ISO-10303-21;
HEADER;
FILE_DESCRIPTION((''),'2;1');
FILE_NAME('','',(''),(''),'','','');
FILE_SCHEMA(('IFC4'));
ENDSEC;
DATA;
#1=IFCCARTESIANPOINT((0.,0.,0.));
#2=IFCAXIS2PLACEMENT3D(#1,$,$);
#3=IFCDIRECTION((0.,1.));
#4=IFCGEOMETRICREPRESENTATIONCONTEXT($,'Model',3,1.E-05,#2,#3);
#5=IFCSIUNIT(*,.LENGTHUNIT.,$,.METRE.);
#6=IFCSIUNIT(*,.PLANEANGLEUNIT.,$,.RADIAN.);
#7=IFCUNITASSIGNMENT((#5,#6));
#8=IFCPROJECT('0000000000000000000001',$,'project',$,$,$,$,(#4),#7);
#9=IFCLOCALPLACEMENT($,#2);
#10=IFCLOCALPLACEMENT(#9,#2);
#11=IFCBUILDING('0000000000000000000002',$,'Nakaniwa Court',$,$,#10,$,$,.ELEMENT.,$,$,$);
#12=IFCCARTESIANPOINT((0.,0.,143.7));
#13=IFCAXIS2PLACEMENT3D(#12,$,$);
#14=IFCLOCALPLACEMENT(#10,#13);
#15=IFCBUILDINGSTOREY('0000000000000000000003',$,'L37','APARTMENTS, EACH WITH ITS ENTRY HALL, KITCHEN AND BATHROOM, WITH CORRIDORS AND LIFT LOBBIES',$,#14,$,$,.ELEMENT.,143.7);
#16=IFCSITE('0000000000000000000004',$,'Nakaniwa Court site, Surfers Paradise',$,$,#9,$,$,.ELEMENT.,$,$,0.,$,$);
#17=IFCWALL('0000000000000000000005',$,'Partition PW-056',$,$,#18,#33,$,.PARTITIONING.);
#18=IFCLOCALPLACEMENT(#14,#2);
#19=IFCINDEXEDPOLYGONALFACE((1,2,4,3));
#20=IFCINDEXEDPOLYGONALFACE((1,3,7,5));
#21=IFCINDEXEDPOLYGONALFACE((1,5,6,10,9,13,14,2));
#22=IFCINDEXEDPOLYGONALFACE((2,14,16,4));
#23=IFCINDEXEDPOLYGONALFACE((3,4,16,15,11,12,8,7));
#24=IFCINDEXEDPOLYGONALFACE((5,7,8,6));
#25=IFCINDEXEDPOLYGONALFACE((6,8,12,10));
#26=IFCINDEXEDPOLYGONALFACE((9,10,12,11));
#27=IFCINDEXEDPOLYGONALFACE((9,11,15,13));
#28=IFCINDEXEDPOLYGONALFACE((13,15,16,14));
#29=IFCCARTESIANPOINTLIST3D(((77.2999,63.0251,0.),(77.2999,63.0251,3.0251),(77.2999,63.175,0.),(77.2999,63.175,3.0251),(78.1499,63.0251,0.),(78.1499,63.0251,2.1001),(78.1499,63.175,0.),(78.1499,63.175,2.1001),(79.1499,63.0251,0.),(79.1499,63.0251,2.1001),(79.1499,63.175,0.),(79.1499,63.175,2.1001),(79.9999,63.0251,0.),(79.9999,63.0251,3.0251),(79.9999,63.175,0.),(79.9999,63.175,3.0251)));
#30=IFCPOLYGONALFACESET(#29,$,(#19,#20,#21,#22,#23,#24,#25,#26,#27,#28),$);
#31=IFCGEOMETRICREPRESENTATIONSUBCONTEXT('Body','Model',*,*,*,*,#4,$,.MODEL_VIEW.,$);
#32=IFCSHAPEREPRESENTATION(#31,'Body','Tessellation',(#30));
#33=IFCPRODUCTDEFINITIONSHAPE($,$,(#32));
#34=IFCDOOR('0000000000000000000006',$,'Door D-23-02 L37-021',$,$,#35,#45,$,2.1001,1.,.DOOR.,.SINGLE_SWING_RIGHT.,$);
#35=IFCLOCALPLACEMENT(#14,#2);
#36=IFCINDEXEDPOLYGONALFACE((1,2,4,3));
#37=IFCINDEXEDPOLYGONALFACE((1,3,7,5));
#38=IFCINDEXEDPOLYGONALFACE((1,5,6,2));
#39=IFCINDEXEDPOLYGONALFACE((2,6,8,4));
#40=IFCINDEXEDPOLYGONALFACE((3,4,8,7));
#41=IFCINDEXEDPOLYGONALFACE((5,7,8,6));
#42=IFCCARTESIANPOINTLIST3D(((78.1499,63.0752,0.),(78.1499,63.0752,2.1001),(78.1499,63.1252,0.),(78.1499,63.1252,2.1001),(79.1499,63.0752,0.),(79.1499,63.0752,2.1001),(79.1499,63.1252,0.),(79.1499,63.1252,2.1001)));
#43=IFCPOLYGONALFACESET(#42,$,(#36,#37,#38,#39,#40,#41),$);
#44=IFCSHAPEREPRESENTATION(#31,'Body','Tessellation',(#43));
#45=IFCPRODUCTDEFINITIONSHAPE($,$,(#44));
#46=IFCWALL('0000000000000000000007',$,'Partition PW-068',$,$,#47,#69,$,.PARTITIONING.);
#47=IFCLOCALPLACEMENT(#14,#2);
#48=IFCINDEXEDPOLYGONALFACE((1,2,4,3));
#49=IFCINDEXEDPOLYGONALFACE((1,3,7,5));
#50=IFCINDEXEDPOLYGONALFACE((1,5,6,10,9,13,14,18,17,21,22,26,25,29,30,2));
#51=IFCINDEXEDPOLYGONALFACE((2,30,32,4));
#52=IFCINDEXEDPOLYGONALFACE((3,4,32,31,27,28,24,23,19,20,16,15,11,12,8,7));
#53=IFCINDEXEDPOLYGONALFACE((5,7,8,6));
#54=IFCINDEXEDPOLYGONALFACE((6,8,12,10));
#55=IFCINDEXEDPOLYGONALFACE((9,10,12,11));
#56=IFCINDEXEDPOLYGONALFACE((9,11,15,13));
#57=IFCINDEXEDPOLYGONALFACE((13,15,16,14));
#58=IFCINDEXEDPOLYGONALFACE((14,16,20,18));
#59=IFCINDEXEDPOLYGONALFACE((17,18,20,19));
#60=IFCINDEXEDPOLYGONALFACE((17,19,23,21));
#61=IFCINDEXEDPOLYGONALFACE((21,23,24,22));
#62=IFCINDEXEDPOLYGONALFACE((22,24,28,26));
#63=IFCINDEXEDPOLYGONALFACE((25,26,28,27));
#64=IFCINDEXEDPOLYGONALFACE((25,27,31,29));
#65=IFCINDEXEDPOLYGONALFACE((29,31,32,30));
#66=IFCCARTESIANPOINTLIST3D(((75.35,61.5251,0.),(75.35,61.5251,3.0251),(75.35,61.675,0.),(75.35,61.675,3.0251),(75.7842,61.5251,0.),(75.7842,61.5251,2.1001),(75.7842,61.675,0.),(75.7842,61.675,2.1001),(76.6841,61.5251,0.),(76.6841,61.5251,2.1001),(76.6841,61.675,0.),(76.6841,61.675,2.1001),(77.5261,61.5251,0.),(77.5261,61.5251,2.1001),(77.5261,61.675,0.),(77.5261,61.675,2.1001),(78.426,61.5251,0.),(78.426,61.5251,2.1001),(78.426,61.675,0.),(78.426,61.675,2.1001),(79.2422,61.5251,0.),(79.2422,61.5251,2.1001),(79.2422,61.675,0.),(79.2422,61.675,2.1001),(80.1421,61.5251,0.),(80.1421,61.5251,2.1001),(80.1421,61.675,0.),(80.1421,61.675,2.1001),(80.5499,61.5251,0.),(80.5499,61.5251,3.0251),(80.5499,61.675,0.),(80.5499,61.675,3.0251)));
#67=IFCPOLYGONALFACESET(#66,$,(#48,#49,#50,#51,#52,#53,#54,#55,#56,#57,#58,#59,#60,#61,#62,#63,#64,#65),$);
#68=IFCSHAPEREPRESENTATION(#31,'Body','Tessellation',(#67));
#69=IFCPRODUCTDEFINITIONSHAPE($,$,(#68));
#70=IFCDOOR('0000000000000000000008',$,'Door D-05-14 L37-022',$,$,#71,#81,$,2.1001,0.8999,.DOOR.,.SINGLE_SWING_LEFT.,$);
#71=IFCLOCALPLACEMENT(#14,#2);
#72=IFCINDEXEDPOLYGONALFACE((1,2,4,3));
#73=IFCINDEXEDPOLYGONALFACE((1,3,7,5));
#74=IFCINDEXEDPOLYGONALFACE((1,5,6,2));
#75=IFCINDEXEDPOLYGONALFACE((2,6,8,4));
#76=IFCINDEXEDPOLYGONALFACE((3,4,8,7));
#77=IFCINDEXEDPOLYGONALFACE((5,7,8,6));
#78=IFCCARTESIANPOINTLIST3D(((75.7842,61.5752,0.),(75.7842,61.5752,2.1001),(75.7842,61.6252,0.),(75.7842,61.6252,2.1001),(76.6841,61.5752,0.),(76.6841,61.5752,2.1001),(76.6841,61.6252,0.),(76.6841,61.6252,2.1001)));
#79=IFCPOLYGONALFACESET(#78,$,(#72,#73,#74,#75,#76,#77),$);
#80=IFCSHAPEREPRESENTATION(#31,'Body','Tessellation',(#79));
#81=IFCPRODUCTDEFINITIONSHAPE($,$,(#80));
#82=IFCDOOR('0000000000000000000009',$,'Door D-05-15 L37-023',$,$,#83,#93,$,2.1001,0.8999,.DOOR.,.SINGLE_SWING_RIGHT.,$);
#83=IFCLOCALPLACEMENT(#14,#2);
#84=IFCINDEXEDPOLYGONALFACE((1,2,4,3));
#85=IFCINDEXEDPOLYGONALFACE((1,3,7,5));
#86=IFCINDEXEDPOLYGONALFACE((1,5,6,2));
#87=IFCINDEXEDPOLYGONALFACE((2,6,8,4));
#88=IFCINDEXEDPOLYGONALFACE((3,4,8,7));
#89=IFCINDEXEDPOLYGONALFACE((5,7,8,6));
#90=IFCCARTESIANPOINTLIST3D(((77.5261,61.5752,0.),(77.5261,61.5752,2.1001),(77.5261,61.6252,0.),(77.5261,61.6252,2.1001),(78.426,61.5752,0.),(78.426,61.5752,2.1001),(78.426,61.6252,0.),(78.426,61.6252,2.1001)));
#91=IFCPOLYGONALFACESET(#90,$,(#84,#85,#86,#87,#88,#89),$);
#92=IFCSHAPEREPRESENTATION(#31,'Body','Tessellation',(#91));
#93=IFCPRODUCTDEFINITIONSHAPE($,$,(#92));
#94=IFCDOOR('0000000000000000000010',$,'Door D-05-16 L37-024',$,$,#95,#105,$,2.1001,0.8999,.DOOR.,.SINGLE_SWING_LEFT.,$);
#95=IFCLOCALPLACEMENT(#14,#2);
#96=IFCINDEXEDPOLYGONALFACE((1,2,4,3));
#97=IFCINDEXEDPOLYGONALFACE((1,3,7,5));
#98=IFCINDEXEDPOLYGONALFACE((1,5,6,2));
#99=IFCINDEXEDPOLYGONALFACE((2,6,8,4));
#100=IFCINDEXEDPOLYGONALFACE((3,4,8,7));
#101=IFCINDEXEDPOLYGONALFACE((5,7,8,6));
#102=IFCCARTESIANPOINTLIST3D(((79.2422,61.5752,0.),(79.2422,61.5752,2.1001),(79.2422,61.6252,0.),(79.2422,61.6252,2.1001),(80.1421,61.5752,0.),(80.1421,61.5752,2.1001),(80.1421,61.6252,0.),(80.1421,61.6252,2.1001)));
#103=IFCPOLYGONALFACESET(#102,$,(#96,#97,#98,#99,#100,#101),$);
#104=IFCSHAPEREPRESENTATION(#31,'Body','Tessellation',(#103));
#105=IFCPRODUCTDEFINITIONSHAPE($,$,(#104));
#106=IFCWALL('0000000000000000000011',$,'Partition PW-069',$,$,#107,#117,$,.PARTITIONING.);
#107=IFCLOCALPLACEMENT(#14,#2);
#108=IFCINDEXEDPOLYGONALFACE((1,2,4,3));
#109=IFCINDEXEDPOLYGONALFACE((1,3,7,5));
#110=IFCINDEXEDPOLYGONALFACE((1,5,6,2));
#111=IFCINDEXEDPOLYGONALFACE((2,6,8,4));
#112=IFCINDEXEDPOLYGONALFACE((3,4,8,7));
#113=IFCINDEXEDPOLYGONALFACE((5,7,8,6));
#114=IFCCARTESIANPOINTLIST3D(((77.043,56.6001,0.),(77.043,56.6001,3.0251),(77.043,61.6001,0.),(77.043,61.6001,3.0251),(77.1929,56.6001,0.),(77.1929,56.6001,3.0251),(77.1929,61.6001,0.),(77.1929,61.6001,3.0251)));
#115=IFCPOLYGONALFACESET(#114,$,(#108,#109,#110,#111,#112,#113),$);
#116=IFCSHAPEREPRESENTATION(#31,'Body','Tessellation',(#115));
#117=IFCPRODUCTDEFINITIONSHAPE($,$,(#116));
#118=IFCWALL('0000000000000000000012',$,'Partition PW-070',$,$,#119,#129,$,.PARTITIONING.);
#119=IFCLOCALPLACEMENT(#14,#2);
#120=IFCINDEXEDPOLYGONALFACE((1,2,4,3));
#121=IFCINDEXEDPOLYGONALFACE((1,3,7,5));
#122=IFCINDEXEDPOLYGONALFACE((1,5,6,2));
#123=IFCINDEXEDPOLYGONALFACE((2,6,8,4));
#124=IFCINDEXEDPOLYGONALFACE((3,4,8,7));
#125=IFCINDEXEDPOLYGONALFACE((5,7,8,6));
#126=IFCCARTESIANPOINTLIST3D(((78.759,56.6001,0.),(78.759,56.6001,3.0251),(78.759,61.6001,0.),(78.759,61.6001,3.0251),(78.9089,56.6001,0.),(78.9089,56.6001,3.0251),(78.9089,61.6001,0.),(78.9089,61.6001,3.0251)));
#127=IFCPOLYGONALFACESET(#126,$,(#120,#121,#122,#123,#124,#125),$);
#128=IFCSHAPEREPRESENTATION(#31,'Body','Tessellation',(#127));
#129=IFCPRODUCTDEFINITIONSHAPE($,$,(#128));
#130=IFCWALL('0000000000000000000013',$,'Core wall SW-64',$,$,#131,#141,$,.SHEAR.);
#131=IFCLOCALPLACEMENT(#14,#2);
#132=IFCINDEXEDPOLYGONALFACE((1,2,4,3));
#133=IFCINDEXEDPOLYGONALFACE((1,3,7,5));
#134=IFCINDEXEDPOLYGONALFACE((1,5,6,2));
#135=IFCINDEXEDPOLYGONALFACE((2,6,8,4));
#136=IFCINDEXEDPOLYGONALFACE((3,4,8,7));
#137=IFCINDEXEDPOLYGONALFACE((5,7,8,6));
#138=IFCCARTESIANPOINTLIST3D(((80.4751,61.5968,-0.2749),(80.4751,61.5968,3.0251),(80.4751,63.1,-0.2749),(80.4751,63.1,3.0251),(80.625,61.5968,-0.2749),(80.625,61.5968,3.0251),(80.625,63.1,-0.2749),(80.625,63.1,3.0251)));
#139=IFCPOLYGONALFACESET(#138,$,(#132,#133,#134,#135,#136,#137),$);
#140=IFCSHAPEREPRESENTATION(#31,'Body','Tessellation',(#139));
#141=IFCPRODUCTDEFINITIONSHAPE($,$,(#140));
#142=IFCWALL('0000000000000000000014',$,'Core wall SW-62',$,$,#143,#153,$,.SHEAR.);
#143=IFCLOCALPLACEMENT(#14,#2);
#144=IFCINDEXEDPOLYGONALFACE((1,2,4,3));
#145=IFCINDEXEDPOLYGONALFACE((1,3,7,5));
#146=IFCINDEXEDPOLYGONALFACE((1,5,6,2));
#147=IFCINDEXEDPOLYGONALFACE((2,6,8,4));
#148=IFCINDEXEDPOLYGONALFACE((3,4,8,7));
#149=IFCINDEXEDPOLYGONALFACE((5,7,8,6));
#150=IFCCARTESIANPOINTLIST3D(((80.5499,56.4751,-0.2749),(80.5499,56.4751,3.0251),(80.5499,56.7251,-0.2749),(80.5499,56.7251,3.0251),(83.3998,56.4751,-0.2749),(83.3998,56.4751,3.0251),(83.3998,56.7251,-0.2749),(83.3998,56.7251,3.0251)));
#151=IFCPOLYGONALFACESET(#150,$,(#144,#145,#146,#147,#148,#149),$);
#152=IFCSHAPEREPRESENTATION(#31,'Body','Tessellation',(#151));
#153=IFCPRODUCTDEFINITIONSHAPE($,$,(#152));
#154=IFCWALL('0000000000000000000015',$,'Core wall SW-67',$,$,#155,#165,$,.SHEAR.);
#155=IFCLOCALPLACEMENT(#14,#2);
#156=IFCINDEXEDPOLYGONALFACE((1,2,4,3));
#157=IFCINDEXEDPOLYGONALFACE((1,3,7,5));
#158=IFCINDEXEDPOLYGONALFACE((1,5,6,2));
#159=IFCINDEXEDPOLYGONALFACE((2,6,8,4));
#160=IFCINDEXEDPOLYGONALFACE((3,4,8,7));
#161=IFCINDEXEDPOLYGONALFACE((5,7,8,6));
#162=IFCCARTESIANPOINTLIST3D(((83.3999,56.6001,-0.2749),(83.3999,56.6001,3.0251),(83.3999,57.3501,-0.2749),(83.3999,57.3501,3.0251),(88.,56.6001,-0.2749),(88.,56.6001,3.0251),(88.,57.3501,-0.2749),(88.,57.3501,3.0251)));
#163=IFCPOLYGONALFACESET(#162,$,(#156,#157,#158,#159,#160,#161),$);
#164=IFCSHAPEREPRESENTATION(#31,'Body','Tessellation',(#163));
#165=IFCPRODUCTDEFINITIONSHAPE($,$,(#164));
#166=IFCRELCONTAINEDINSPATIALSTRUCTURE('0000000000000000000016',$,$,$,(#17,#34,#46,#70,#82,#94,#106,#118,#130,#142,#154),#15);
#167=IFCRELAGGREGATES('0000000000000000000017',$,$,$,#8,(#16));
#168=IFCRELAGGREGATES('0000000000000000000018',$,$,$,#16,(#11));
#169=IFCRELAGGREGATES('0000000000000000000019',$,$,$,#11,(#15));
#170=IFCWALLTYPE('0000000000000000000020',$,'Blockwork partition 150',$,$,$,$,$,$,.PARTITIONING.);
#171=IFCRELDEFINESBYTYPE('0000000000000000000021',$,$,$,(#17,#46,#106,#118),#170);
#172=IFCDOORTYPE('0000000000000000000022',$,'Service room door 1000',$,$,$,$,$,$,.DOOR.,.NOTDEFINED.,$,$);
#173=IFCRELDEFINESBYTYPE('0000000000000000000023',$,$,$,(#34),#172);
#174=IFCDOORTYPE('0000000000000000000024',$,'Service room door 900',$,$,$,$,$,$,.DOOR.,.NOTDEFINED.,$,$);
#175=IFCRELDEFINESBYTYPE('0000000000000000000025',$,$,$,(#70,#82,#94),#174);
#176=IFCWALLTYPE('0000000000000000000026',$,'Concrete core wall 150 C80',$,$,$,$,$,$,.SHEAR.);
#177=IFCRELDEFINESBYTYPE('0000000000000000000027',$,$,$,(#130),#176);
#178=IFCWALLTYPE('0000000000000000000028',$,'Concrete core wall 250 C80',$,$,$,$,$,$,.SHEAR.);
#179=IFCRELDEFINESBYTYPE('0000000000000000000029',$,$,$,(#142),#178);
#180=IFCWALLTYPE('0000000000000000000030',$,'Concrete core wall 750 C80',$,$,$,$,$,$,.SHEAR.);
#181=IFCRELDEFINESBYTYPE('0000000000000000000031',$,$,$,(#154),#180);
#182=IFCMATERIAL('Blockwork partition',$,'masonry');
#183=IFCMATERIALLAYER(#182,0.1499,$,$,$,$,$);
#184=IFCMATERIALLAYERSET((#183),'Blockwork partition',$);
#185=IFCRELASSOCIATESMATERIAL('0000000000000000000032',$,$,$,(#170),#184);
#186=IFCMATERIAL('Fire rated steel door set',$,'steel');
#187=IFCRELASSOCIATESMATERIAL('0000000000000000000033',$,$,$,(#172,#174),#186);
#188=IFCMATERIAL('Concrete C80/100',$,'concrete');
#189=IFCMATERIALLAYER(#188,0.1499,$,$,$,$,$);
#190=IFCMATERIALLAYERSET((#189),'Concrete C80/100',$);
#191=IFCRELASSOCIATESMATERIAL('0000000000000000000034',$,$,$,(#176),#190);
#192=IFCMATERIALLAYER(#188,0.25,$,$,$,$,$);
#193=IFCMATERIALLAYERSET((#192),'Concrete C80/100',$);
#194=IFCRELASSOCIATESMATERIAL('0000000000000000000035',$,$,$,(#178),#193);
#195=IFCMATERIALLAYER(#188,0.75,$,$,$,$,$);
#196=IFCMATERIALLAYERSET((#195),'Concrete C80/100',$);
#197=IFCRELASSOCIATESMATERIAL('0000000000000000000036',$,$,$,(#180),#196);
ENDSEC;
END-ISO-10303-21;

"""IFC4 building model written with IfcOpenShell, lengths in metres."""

from ifc_helpers import new_model, si_unit, direction, frame, frame_2d, origin, place, context, subcontext, project, spatial, rectangle, extrude, material, layer, layer_set, type_object, element, fill, save


model = new_model("IFC4")

# Units and contexts
model_context = context("Model", 3, precision=1e-05, world=origin(), true_north=direction((0.0, 1.0)))
body_context = subcontext(model_context, "Body", "Model", "MODEL_VIEW")
ifc_project = project(units=[si_unit("LENGTHUNIT", "METRE"), si_unit("PLANEANGLEUNIT", "RADIAN")], contexts=[model_context])

# Site, building, storey
site_placement = place(None, origin())
site = spatial("IfcSite", under=ifc_project, at=site_placement, Name="Nakaniwa Court site, Surfers Paradise", CompositionType="ELEMENT", RefElevation=0.0)
building_placement = place(site_placement, origin())
building = spatial("IfcBuilding", under=site, at=building_placement, Name="Nakaniwa Court", CompositionType="ELEMENT")
storey_placement = place(building_placement, frame((0.0, 0.0, 143.7)))
storey = spatial("IfcBuildingStorey", under=building, at=storey_placement, Name="L37", Description="APARTMENTS, EACH WITH ITS ENTRY HALL, KITCHEN AND BATHROOM, WITH CORRIDORS AND LIFT LOBBIES", CompositionType="ELEMENT", Elevation=143.7)

# Wall, opening, door
ifc_material_1 = material(Name="Blockwork partition", Category="masonry")
ifc_layer_1 = layer(ifc_material_1, 0.1499)
ifc_layer_set_1 = layer_set([ifc_layer_1], Name="Blockwork partition")
wall_type_1 = type_object("IfcWallType", Name="Blockwork partition 150", PredefinedType="PARTITIONING", material=ifc_layer_set_1)
wall_1_placement = place(storey_placement, frame((80.0, 63.1001, 0.0), z_axis=(0.0, 0.0, 1.0), x_axis=(-1.0, 0.0, 0.0)))
wall_1 = element("IfcWall", 1, at=wall_1_placement, inside=storey, type_object=wall_type_1, Name="Partition PW-056", PredefinedType="PARTITIONING", context=body_context, shape_type="SweptSolid", body=[
    extrude(rectangle(XDim=2.7, YDim=0.1499, at=frame_2d((1.3501, 0.0))), origin(), (0.0, 0.0, 1.0), 3.0251),
])
opening_1_placement = place(wall_1_placement, frame((0.8501, 0.0, 0.0)))
opening_1 = element("IfcOpeningElement", 2, at=opening_1_placement, cuts=wall_1, PredefinedType="OPENING", context=body_context, shape_type="SweptSolid", body=[
    extrude(rectangle(XDim=1.0, YDim=2.1001, at=frame_2d((0.5, 1.05))), frame((0.0, 0.085, 0.0), z_axis=(0.0, -1.0, 0.0), x_axis=(1.0, 0.0, 0.0)), (0.0, 0.0, 1.0), 0.1699),
])
ifc_material_2 = material(Name="Fire rated steel door set", Category="steel")
door_type_1 = type_object("IfcDoorType", Name="Service room door 1000", OperationType="NOTDEFINED", PredefinedType="DOOR", material=ifc_material_2)
door_1_placement = place(opening_1_placement, origin())
door_1 = element("IfcDoor", 3, at=door_1_placement, inside=storey, type_object=door_type_1, Name="Door D-23-02 L37-021", OperationType="SINGLE_SWING_RIGHT", OverallHeight=2.1001, OverallWidth=1.0, PredefinedType="DOOR", context=body_context, shape_type="SweptSolid", body=[
    extrude(rectangle(XDim=1.0, YDim=2.1001, at=frame_2d((0.5, 1.05))), frame((0.0, 0.0249, 0.0), z_axis=(0.0, -1.0, 0.0), x_axis=(1.0, 0.0, 0.0)), (0.0, 0.0, 1.0), 0.05),
])
fill(opening_1, door_1)

# Wall, openings, doors
wall_2_placement = place(storey_placement, frame((80.55, 61.6001, 0.0), z_axis=(0.0, 0.0, 1.0), x_axis=(-1.0, 0.0, 0.0)))
wall_2 = element("IfcWall", 4, at=wall_2_placement, inside=storey, type_object=wall_type_1, Name="Partition PW-068", PredefinedType="PARTITIONING", context=body_context, shape_type="SweptSolid", body=[
    extrude(rectangle(XDim=5.2, YDim=0.1499, at=frame_2d((2.6001, 0.0))), origin(), (0.0, 0.0, 1.0), 3.0251),
])
opening_2_placement = place(wall_2_placement, frame((3.866, 0.0, 0.0)))
opening_2 = element("IfcOpeningElement", 5, at=opening_2_placement, cuts=wall_2, PredefinedType="OPENING", context=body_context, shape_type="SweptSolid", body=[
    extrude(rectangle(XDim=0.8999, YDim=2.1001, at=frame_2d((0.45, 1.05))), frame((0.0, 0.085, 0.0), z_axis=(0.0, -1.0, 0.0), x_axis=(1.0, 0.0, 0.0)), (0.0, 0.0, 1.0), 0.1699),
])
opening_3_placement = place(wall_2_placement, frame((2.124, 0.0, 0.0)))
opening_3 = element("IfcOpeningElement", 6, at=opening_3_placement, cuts=wall_2, PredefinedType="OPENING", context=body_context, shape_type="SweptSolid", body=[
    extrude(rectangle(XDim=0.8999, YDim=2.1001, at=frame_2d((0.45, 1.05))), frame((0.0, 0.085, 0.0), z_axis=(0.0, -1.0, 0.0), x_axis=(1.0, 0.0, 0.0)), (0.0, 0.0, 1.0), 0.1699),
])
opening_4_placement = place(wall_2_placement, frame((0.408, 0.0, 0.0)))
opening_4 = element("IfcOpeningElement", 7, at=opening_4_placement, cuts=wall_2, PredefinedType="OPENING", context=body_context, shape_type="SweptSolid", body=[
    extrude(rectangle(XDim=0.8999, YDim=2.1001, at=frame_2d((0.45, 1.05))), frame((0.0, 0.085, 0.0), z_axis=(0.0, -1.0, 0.0), x_axis=(1.0, 0.0, 0.0)), (0.0, 0.0, 1.0), 0.1699),
])
door_type_2 = type_object("IfcDoorType", Name="Service room door 900", OperationType="NOTDEFINED", PredefinedType="DOOR", material=ifc_material_2)
door_2_placement = place(opening_2_placement, origin())
door_2 = element("IfcDoor", 8, at=door_2_placement, inside=storey, type_object=door_type_2, Name="Door D-05-14 L37-022", OperationType="SINGLE_SWING_LEFT", OverallHeight=2.1001, OverallWidth=0.8999, PredefinedType="DOOR", context=body_context, shape_type="SweptSolid", body=[
    extrude(rectangle(XDim=0.8999, YDim=2.1001, at=frame_2d((0.45, 1.05))), frame((0.0, 0.0249, 0.0), z_axis=(0.0, -1.0, 0.0), x_axis=(1.0, 0.0, 0.0)), (0.0, 0.0, 1.0), 0.05),
])
fill(opening_2, door_2)
door_3_placement = place(opening_3_placement, origin())
door_3 = element("IfcDoor", 9, at=door_3_placement, inside=storey, type_object=door_type_2, Name="Door D-05-15 L37-023", OperationType="SINGLE_SWING_RIGHT", OverallHeight=2.1001, OverallWidth=0.8999, PredefinedType="DOOR", context=body_context, shape_type="SweptSolid", body=[
    extrude(rectangle(XDim=0.8999, YDim=2.1001, at=frame_2d((0.45, 1.05))), frame((0.0, 0.0249, 0.0), z_axis=(0.0, -1.0, 0.0), x_axis=(1.0, 0.0, 0.0)), (0.0, 0.0, 1.0), 0.05),
])
fill(opening_3, door_3)
door_4_placement = place(opening_4_placement, origin())
door_4 = element("IfcDoor", 10, at=door_4_placement, inside=storey, type_object=door_type_2, Name="Door D-05-16 L37-024", OperationType="SINGLE_SWING_LEFT", OverallHeight=2.1001, OverallWidth=0.8999, PredefinedType="DOOR", context=body_context, shape_type="SweptSolid", body=[
    extrude(rectangle(XDim=0.8999, YDim=2.1001, at=frame_2d((0.45, 1.05))), frame((0.0, 0.0249, 0.0), z_axis=(0.0, -1.0, 0.0), x_axis=(1.0, 0.0, 0.0)), (0.0, 0.0, 1.0), 0.05),
])
fill(opening_4, door_4)

# Walls
for number, where, z_axis, x_axis, name in (
    (11, (77.1179, 56.6001, 0.0), (0.0, 0.0, 1.0), (0.0, 1.0, 0.0), "Partition PW-069"),
    (12, (78.834, 56.6001, 0.0), (0.0, 0.0, 1.0), (0.0, 1.0, 0.0), "Partition PW-070"),
):
    element("IfcWall", number, at=place(storey_placement, frame(where, z_axis=z_axis, x_axis=x_axis)), inside=storey, type_object=wall_type_1, Name=name, PredefinedType="PARTITIONING", context=body_context, shape_type="SweptSolid", body=[
        extrude(rectangle(XDim=5.0, YDim=0.1499, at=frame_2d((2.5, 0.0))), origin(), (0.0, 0.0, 1.0), 3.0251),
    ])
ifc_material_3 = material(Name="Concrete C80/100", Category="concrete")
ifc_layer_2 = layer(ifc_material_3, 0.1499)
ifc_layer_set_2 = layer_set([ifc_layer_2], Name="Concrete C80/100")
wall_type_2 = type_object("IfcWallType", Name="Concrete core wall 150 C80", PredefinedType="SHEAR", material=ifc_layer_set_2)
wall_3_placement = place(storey_placement, frame((80.55, 61.5969, -0.2749), z_axis=(0.0, 0.0, 1.0), x_axis=(0.0, 1.0, 0.0)))
element("IfcWall", 13, at=wall_3_placement, inside=storey, type_object=wall_type_2, Name="Core wall SW-64", PredefinedType="SHEAR", context=body_context, shape_type="SweptSolid", body=[
    extrude(rectangle(XDim=1.5032, YDim=0.1499, at=frame_2d((0.7515, 0.0))), origin(), (0.0, 0.0, 1.0), 3.3),
])
ifc_layer_3 = layer(ifc_material_3, 0.25)
ifc_layer_set_3 = layer_set([ifc_layer_3], Name="Concrete C80/100")
wall_type_3 = type_object("IfcWallType", Name="Concrete core wall 250 C80", PredefinedType="SHEAR", material=ifc_layer_set_3)
wall_4_placement = place(storey_placement, frame((80.55, 56.6001, -0.2749), z_axis=(0.0, 0.0, 1.0), x_axis=(1.0, 0.0, 0.0)))
element("IfcWall", 14, at=wall_4_placement, inside=storey, type_object=wall_type_3, Name="Core wall SW-62", PredefinedType="SHEAR", context=body_context, shape_type="SweptSolid", body=[
    extrude(rectangle(XDim=2.8499, YDim=0.25, at=frame_2d((1.4248, 0.0))), origin(), (0.0, 0.0, 1.0), 3.3),
])
ifc_layer_4 = layer(ifc_material_3, 0.75)
ifc_layer_set_4 = layer_set([ifc_layer_4], Name="Concrete C80/100")
wall_type_4 = type_object("IfcWallType", Name="Concrete core wall 750 C80", PredefinedType="SHEAR", material=ifc_layer_set_4)
wall_5_placement = place(storey_placement, frame((83.3999, 56.9751, -0.2749), z_axis=(0.0, 0.0, 1.0), x_axis=(1.0, 0.0, 0.0)))
element("IfcWall", 15, at=wall_5_placement, inside=storey, type_object=wall_type_4, Name="Core wall SW-67", PredefinedType="SHEAR", context=body_context, shape_type="SweptSolid", body=[
    extrude(rectangle(XDim=4.6001, YDim=0.75, at=frame_2d((2.3, 0.0))), origin(), (0.0, 0.0, 1.0), 3.3),
])

save(model, "model.ifc")
